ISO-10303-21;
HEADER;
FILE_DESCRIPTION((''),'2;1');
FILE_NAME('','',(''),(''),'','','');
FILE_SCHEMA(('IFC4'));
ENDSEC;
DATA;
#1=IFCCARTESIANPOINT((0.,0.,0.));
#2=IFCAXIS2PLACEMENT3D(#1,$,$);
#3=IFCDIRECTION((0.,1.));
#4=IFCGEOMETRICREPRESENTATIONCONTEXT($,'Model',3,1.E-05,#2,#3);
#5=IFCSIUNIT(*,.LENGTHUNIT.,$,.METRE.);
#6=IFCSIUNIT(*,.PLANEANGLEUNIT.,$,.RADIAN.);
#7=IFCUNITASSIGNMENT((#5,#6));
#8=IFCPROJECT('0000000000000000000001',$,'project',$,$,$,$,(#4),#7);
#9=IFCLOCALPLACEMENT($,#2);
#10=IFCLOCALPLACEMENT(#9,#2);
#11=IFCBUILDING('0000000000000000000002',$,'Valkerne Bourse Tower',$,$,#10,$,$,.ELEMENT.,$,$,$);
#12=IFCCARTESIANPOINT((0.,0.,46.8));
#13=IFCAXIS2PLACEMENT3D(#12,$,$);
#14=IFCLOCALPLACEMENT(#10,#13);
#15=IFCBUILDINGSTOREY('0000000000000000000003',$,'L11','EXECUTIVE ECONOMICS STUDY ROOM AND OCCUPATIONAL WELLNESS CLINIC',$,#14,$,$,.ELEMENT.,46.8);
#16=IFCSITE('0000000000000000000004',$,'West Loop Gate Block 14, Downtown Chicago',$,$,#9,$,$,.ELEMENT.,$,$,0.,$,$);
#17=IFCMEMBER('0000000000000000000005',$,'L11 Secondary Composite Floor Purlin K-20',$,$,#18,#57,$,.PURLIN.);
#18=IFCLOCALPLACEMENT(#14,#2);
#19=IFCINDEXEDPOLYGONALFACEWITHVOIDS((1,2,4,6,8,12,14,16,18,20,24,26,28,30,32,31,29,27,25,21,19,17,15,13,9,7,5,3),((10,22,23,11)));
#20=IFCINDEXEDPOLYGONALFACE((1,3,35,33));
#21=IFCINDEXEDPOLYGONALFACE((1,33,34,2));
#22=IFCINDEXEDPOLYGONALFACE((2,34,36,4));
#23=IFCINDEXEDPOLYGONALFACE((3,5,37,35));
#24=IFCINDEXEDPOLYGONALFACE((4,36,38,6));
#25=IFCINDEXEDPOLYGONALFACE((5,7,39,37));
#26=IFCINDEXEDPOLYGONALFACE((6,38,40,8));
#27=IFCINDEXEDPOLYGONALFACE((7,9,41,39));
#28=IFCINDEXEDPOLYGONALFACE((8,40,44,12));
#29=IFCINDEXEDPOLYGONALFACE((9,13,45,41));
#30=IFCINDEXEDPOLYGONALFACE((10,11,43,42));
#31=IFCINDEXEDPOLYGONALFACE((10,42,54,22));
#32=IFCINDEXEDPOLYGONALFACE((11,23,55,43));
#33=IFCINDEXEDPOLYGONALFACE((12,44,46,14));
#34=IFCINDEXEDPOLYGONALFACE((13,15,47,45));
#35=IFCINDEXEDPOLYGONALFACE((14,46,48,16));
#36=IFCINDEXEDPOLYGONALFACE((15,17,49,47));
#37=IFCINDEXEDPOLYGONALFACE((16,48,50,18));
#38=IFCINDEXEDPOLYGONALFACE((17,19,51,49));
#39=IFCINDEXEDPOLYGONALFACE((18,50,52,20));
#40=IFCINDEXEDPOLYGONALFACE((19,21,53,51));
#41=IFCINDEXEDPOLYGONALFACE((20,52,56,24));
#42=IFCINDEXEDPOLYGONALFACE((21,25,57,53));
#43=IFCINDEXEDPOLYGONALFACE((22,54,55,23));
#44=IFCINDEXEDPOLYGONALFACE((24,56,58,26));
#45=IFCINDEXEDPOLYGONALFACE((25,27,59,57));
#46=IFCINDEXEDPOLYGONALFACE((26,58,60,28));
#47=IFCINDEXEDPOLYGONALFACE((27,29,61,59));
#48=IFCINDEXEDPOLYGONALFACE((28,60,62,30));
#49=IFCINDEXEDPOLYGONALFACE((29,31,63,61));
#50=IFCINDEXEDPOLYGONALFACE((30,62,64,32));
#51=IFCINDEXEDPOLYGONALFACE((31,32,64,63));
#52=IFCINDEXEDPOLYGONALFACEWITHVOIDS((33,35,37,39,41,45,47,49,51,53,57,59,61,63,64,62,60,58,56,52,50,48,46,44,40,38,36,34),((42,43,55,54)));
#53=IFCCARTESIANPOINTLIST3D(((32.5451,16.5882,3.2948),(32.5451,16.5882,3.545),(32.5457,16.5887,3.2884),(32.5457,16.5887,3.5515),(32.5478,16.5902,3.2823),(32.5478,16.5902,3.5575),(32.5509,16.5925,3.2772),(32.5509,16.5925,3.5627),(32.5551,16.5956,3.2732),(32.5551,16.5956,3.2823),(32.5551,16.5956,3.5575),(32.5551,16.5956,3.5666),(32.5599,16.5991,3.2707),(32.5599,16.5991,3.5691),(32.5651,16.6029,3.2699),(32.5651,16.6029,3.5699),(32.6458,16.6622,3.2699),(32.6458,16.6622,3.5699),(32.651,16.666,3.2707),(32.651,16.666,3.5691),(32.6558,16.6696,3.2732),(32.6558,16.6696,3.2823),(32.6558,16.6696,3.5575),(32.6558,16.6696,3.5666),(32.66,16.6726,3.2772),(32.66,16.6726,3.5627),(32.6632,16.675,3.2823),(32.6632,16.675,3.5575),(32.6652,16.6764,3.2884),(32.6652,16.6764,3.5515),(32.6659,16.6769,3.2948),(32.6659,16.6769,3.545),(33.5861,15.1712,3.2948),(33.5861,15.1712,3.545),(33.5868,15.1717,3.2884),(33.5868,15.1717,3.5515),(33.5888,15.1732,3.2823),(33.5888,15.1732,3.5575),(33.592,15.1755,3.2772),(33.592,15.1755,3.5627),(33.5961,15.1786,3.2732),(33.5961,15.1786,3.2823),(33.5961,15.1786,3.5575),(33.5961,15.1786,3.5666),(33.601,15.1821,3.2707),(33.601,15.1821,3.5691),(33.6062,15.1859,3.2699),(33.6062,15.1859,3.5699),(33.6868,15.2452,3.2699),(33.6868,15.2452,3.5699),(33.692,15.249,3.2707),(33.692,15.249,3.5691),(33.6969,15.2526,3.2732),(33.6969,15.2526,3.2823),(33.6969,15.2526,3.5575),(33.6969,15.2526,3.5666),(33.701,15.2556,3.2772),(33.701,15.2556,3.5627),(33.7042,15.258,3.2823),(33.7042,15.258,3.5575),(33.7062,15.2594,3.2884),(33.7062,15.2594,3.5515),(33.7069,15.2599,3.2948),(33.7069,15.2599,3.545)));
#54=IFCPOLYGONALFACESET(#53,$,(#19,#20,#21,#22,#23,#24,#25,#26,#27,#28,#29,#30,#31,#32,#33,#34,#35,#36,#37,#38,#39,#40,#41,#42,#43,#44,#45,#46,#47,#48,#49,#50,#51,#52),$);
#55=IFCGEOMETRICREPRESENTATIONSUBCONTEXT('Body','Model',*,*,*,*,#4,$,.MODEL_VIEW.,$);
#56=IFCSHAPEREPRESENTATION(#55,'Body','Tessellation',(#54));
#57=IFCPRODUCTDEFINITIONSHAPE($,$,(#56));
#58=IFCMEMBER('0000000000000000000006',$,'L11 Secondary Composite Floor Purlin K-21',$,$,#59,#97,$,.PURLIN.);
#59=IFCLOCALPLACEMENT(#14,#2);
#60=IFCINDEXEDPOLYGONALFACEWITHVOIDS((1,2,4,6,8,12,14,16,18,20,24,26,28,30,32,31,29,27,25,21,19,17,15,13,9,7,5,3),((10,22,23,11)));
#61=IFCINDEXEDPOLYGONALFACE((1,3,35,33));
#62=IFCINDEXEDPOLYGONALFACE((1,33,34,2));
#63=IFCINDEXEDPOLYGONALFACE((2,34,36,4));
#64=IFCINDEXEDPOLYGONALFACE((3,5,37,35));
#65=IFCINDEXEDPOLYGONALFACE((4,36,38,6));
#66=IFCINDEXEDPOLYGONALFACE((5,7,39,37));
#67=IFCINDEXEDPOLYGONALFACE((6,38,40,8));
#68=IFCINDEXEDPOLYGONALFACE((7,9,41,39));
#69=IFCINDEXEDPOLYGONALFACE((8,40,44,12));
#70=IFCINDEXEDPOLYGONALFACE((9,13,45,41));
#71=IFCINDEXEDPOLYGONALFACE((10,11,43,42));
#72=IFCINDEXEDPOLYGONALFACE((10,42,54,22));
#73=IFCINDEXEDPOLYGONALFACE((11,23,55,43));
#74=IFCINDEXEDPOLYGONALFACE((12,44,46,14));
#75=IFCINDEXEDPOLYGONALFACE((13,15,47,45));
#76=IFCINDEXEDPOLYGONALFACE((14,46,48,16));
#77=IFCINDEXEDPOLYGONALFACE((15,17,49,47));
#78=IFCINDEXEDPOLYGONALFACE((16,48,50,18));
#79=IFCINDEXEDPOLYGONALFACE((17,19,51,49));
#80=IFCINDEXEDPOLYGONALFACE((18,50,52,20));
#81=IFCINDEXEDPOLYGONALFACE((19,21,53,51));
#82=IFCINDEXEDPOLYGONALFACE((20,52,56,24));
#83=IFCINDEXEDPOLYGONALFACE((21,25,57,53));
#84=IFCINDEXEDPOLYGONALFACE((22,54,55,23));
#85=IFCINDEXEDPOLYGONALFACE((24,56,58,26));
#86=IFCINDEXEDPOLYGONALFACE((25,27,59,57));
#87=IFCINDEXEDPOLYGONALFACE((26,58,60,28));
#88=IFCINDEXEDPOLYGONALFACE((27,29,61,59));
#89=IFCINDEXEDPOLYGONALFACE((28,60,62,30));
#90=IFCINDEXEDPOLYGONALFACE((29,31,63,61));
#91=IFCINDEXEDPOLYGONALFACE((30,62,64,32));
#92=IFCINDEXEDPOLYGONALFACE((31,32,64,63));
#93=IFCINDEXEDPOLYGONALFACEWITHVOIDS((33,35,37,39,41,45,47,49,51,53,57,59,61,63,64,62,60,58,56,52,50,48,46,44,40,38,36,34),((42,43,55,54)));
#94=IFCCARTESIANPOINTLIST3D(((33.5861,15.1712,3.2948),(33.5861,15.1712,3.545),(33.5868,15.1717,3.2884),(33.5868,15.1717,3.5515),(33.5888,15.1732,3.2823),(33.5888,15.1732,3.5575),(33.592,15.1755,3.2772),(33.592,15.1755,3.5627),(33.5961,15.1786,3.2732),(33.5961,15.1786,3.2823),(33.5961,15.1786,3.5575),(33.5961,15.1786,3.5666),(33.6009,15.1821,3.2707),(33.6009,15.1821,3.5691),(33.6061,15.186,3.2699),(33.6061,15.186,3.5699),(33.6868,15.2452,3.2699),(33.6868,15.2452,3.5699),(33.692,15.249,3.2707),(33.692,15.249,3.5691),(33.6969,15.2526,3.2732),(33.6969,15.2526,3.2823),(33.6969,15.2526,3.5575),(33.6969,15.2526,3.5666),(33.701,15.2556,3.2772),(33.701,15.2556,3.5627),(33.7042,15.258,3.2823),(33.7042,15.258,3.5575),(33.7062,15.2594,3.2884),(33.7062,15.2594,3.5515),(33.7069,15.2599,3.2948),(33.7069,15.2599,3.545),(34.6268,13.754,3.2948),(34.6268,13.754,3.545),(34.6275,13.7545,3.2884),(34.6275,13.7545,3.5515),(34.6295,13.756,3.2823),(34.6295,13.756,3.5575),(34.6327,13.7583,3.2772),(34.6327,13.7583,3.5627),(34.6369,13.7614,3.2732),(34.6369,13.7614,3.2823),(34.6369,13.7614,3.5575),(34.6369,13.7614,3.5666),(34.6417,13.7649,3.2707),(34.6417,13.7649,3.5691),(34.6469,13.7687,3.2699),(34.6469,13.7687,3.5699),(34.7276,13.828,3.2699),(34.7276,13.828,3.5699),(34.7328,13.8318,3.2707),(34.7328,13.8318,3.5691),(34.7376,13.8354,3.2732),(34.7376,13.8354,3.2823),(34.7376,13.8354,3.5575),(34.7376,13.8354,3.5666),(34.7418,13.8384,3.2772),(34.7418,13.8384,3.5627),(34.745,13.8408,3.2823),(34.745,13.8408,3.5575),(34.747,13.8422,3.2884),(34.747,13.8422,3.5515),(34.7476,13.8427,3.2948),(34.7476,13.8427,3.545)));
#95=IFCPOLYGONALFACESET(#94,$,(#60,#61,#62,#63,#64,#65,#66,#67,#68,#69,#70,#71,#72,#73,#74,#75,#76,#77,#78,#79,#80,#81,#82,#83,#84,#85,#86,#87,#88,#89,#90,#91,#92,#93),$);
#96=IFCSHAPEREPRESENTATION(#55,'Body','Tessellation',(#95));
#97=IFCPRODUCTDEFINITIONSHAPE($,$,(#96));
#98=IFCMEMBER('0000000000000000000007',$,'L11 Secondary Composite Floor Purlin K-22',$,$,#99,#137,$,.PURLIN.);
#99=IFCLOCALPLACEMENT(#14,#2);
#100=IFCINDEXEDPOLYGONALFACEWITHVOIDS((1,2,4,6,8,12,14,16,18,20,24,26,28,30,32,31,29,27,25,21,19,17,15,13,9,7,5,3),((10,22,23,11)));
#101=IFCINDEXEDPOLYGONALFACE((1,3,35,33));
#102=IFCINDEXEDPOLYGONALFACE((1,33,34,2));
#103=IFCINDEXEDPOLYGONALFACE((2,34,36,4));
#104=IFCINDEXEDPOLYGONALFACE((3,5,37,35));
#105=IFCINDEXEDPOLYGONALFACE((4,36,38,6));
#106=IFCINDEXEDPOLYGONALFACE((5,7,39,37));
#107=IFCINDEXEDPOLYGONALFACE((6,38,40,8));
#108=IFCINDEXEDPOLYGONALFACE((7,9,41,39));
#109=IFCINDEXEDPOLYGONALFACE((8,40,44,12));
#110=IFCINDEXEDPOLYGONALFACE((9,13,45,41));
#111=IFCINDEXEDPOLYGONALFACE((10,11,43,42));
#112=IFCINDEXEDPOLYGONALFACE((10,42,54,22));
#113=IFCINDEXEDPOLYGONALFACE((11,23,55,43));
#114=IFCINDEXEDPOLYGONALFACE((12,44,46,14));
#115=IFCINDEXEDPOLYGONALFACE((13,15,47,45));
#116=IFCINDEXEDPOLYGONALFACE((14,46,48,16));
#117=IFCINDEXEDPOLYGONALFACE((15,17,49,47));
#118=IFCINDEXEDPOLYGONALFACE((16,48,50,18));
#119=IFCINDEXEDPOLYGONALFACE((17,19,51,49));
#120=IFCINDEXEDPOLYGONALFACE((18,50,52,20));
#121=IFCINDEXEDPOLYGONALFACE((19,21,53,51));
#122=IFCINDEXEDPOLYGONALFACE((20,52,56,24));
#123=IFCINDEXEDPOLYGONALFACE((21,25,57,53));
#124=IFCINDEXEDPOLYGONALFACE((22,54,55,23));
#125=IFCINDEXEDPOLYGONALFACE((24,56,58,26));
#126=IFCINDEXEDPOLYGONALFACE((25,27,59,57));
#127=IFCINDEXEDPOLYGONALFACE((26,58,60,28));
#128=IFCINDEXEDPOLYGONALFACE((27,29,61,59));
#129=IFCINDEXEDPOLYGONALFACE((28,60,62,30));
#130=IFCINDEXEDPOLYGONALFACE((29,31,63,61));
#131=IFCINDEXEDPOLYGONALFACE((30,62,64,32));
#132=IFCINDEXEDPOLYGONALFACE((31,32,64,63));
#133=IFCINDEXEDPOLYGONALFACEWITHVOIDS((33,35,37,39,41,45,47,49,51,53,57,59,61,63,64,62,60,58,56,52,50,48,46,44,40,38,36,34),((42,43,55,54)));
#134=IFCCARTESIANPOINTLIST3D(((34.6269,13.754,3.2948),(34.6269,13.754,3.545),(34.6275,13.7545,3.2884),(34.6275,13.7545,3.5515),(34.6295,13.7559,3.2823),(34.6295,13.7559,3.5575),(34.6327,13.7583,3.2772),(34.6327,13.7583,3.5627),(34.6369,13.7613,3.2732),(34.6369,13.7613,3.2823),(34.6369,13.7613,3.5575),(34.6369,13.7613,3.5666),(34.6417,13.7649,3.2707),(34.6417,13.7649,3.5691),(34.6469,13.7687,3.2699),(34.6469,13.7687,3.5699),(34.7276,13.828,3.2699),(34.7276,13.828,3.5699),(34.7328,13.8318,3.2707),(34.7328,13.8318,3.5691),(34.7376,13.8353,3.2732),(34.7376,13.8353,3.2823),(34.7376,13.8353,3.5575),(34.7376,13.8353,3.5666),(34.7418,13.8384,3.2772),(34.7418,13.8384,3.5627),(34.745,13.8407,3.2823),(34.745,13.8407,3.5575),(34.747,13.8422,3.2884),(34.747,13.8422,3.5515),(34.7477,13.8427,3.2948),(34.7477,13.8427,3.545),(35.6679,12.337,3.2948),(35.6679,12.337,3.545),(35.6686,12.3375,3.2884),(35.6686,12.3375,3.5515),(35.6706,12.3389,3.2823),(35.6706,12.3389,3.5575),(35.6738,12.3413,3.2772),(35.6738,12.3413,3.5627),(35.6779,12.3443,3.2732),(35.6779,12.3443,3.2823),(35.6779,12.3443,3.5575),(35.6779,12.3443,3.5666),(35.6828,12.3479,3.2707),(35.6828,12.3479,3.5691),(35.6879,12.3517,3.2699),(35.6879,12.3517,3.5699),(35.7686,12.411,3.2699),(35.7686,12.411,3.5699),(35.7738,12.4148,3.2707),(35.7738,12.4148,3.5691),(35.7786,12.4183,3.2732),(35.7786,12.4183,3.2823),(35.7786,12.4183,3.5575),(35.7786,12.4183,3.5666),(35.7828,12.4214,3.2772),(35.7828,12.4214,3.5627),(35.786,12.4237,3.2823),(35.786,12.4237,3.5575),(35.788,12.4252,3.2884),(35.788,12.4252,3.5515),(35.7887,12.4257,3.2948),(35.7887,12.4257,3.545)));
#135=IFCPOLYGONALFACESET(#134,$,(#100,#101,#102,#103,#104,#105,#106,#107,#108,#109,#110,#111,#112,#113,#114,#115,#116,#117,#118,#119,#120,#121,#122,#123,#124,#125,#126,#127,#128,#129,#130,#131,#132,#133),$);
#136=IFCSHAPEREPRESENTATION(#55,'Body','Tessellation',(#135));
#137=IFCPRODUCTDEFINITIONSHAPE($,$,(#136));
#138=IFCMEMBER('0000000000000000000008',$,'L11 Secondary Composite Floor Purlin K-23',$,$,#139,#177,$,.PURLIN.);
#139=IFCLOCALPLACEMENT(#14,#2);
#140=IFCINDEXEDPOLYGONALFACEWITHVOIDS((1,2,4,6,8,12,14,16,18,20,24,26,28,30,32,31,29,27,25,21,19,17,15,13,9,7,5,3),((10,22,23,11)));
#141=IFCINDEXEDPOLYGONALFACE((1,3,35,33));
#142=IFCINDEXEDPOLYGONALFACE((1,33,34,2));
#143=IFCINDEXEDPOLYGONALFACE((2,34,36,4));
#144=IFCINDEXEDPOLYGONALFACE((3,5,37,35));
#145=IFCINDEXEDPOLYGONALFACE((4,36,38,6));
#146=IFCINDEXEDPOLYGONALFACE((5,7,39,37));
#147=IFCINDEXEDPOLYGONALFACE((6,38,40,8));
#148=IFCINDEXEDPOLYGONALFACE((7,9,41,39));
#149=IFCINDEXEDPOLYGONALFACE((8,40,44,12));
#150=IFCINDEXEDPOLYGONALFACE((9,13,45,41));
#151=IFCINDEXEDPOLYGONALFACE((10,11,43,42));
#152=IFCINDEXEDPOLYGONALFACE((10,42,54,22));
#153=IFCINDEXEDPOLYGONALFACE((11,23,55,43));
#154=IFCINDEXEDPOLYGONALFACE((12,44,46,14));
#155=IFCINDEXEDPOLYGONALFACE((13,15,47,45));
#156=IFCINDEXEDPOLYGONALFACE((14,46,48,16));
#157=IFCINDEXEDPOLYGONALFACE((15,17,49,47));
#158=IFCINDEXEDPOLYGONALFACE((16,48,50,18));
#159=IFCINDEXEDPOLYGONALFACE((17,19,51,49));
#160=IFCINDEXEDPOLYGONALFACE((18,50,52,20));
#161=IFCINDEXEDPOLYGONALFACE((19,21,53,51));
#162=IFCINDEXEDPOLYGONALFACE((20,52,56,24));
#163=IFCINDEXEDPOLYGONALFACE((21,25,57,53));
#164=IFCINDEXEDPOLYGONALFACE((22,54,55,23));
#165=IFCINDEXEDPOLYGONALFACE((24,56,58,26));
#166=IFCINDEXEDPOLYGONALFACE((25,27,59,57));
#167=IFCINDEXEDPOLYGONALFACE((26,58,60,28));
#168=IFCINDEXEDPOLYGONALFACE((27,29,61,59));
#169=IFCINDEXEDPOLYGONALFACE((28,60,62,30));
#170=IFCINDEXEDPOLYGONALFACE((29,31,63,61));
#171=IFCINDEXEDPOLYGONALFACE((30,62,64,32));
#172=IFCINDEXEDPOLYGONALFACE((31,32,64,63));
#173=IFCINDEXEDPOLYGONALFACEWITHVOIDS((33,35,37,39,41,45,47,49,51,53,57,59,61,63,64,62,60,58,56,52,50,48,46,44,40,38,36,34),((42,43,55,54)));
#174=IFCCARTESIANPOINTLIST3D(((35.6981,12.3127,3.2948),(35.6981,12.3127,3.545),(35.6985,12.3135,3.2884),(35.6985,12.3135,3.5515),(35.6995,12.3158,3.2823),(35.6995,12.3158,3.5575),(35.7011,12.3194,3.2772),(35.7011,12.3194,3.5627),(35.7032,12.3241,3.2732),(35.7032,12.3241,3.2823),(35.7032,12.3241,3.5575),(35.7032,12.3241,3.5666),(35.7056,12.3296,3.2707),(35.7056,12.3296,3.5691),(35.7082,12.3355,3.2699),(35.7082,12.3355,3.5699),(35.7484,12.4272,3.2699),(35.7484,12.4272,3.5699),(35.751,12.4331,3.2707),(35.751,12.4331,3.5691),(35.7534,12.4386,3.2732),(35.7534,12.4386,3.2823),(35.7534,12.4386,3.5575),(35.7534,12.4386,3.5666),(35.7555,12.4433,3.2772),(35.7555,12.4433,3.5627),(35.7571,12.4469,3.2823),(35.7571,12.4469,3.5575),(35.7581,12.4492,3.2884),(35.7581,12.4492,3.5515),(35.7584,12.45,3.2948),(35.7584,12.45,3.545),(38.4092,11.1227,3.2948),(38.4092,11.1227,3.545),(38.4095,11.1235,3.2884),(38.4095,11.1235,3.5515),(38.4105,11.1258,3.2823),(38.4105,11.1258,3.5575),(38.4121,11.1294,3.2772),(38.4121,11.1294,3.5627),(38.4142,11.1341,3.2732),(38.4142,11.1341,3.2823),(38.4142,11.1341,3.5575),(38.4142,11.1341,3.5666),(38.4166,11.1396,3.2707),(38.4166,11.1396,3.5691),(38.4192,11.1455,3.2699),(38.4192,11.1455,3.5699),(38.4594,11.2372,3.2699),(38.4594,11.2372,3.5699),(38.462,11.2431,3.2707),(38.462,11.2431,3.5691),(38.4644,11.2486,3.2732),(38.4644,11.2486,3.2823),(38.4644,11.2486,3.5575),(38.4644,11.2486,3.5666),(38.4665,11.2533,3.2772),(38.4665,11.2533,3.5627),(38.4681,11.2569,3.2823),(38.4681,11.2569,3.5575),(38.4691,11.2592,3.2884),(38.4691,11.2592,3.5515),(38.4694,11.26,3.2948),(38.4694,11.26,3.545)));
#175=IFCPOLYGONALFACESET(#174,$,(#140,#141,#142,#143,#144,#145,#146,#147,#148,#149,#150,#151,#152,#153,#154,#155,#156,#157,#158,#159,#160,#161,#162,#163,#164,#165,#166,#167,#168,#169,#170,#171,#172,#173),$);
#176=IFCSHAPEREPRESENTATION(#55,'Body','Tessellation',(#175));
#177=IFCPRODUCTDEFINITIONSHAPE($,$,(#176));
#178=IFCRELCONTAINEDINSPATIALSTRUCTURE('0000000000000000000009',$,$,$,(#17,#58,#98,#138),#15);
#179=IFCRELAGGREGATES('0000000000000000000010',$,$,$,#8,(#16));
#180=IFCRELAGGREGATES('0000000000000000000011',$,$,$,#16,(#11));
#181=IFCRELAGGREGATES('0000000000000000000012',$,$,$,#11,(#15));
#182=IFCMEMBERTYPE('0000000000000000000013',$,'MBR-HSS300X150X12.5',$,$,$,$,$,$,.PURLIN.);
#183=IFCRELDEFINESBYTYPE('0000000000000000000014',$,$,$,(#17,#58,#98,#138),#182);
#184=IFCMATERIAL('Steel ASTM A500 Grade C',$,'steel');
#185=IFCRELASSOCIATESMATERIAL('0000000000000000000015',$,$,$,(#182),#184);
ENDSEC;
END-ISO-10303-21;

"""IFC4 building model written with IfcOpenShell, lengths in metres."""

from ifc_helpers import new_model, si_unit, direction, frame, origin, origin_2d, place, context, subcontext, project, spatial, hollow_rectangle, extrude, material, material_profile, profile_set, type_object, element, save


model = new_model("IFC4")

# Units and contexts
model_context = context("Model", 3, precision=1e-05, world=origin(), true_north=direction((0.0, 1.0)))
body_context = subcontext(model_context, "Body", "Model", "MODEL_VIEW")
ifc_project = project(units=[si_unit("LENGTHUNIT", "METRE"), si_unit("PLANEANGLEUNIT", "RADIAN")], contexts=[model_context])

# Site, building, storey
site_placement = place(None, origin())
site = spatial("IfcSite", under=ifc_project, at=site_placement, Name="West Loop Gate Block 14, Downtown Chicago", CompositionType="ELEMENT", RefElevation=0.0)
building_placement = place(site_placement, origin())
building = spatial("IfcBuilding", under=site, at=building_placement, Name="Valkerne Bourse Tower", CompositionType="ELEMENT")
storey_placement = place(building_placement, frame((0.0, 0.0, 46.8)))
storey = spatial("IfcBuildingStorey", under=building, at=storey_placement, Name="L11", Description="EXECUTIVE ECONOMICS STUDY ROOM AND OCCUPATIONAL WELLNESS CLINIC", CompositionType="ELEMENT", Elevation=46.8)

# Members
ifc_material_1 = material(Name="Steel ASTM A500 Grade C", Category="steel")
ifc_material_profile_1 = material_profile(ifc_material_1, hollow_rectangle(XDim=0.1499, YDim=0.3, WallThickness=0.0125, OuterFilletRadius=0.0249, at=origin_2d()), Name="HSS300X150X12.5")
ifc_profile_set_1 = profile_set([ifc_material_profile_1], Name="Steel ASTM A500 Grade C")
member_type_1 = type_object("IfcMemberType", Name="MBR-HSS300X150X12.5", PredefinedType="PURLIN", material=ifc_profile_set_1)
for number, where, z_axis, x_axis, name in (
    (1, (32.6055, 16.6326, 3.4199), (0.592062, -0.805893, 0.0), (0.805893, 0.592062, 0.0), "L11 Secondary Composite Floor Purlin K-20"),
    (2, (33.6465, 15.2156, 3.4199), (0.591905, -0.806008, 0.0), (0.806008, 0.591905, 0.0), "L11 Secondary Composite Floor Purlin K-21"),
    (3, (34.6873, 13.7983, 3.4199), (0.592062, -0.805893, 0.0), (0.805893, 0.592062, 0.0), "L11 Secondary Composite Floor Purlin K-22"),
):
    element("IfcMember", number, at=place(storey_placement, frame(where, z_axis=z_axis, x_axis=x_axis)), inside=storey, type_object=member_type_1, Name=name, PredefinedType="PURLIN", context=body_context, shape_type="SweptSolid", body=[
        extrude(hollow_rectangle(XDim=0.1499, YDim=0.3, WallThickness=0.0125, OuterFilletRadius=0.0249, at=origin_2d()), origin(), (0.0, 0.0, 1.0), 1.7583),
    ])
member_1_placement = place(storey_placement, frame((35.7283, 12.3813, 3.4199), z_axis=(0.915672, -0.401926, 0.0), x_axis=(0.401926, 0.915672, 0.0)))
element("IfcMember", 4, at=member_1_placement, inside=storey, type_object=member_type_1, Name="L11 Secondary Composite Floor Purlin K-23", PredefinedType="PURLIN", context=body_context, shape_type="SweptSolid", body=[
    extrude(hollow_rectangle(XDim=0.1499, YDim=0.3, WallThickness=0.0125, OuterFilletRadius=0.0249, at=origin_2d()), origin(), (0.0, 0.0, 1.0), 2.9607),
])

save(model, "model.ifc")
